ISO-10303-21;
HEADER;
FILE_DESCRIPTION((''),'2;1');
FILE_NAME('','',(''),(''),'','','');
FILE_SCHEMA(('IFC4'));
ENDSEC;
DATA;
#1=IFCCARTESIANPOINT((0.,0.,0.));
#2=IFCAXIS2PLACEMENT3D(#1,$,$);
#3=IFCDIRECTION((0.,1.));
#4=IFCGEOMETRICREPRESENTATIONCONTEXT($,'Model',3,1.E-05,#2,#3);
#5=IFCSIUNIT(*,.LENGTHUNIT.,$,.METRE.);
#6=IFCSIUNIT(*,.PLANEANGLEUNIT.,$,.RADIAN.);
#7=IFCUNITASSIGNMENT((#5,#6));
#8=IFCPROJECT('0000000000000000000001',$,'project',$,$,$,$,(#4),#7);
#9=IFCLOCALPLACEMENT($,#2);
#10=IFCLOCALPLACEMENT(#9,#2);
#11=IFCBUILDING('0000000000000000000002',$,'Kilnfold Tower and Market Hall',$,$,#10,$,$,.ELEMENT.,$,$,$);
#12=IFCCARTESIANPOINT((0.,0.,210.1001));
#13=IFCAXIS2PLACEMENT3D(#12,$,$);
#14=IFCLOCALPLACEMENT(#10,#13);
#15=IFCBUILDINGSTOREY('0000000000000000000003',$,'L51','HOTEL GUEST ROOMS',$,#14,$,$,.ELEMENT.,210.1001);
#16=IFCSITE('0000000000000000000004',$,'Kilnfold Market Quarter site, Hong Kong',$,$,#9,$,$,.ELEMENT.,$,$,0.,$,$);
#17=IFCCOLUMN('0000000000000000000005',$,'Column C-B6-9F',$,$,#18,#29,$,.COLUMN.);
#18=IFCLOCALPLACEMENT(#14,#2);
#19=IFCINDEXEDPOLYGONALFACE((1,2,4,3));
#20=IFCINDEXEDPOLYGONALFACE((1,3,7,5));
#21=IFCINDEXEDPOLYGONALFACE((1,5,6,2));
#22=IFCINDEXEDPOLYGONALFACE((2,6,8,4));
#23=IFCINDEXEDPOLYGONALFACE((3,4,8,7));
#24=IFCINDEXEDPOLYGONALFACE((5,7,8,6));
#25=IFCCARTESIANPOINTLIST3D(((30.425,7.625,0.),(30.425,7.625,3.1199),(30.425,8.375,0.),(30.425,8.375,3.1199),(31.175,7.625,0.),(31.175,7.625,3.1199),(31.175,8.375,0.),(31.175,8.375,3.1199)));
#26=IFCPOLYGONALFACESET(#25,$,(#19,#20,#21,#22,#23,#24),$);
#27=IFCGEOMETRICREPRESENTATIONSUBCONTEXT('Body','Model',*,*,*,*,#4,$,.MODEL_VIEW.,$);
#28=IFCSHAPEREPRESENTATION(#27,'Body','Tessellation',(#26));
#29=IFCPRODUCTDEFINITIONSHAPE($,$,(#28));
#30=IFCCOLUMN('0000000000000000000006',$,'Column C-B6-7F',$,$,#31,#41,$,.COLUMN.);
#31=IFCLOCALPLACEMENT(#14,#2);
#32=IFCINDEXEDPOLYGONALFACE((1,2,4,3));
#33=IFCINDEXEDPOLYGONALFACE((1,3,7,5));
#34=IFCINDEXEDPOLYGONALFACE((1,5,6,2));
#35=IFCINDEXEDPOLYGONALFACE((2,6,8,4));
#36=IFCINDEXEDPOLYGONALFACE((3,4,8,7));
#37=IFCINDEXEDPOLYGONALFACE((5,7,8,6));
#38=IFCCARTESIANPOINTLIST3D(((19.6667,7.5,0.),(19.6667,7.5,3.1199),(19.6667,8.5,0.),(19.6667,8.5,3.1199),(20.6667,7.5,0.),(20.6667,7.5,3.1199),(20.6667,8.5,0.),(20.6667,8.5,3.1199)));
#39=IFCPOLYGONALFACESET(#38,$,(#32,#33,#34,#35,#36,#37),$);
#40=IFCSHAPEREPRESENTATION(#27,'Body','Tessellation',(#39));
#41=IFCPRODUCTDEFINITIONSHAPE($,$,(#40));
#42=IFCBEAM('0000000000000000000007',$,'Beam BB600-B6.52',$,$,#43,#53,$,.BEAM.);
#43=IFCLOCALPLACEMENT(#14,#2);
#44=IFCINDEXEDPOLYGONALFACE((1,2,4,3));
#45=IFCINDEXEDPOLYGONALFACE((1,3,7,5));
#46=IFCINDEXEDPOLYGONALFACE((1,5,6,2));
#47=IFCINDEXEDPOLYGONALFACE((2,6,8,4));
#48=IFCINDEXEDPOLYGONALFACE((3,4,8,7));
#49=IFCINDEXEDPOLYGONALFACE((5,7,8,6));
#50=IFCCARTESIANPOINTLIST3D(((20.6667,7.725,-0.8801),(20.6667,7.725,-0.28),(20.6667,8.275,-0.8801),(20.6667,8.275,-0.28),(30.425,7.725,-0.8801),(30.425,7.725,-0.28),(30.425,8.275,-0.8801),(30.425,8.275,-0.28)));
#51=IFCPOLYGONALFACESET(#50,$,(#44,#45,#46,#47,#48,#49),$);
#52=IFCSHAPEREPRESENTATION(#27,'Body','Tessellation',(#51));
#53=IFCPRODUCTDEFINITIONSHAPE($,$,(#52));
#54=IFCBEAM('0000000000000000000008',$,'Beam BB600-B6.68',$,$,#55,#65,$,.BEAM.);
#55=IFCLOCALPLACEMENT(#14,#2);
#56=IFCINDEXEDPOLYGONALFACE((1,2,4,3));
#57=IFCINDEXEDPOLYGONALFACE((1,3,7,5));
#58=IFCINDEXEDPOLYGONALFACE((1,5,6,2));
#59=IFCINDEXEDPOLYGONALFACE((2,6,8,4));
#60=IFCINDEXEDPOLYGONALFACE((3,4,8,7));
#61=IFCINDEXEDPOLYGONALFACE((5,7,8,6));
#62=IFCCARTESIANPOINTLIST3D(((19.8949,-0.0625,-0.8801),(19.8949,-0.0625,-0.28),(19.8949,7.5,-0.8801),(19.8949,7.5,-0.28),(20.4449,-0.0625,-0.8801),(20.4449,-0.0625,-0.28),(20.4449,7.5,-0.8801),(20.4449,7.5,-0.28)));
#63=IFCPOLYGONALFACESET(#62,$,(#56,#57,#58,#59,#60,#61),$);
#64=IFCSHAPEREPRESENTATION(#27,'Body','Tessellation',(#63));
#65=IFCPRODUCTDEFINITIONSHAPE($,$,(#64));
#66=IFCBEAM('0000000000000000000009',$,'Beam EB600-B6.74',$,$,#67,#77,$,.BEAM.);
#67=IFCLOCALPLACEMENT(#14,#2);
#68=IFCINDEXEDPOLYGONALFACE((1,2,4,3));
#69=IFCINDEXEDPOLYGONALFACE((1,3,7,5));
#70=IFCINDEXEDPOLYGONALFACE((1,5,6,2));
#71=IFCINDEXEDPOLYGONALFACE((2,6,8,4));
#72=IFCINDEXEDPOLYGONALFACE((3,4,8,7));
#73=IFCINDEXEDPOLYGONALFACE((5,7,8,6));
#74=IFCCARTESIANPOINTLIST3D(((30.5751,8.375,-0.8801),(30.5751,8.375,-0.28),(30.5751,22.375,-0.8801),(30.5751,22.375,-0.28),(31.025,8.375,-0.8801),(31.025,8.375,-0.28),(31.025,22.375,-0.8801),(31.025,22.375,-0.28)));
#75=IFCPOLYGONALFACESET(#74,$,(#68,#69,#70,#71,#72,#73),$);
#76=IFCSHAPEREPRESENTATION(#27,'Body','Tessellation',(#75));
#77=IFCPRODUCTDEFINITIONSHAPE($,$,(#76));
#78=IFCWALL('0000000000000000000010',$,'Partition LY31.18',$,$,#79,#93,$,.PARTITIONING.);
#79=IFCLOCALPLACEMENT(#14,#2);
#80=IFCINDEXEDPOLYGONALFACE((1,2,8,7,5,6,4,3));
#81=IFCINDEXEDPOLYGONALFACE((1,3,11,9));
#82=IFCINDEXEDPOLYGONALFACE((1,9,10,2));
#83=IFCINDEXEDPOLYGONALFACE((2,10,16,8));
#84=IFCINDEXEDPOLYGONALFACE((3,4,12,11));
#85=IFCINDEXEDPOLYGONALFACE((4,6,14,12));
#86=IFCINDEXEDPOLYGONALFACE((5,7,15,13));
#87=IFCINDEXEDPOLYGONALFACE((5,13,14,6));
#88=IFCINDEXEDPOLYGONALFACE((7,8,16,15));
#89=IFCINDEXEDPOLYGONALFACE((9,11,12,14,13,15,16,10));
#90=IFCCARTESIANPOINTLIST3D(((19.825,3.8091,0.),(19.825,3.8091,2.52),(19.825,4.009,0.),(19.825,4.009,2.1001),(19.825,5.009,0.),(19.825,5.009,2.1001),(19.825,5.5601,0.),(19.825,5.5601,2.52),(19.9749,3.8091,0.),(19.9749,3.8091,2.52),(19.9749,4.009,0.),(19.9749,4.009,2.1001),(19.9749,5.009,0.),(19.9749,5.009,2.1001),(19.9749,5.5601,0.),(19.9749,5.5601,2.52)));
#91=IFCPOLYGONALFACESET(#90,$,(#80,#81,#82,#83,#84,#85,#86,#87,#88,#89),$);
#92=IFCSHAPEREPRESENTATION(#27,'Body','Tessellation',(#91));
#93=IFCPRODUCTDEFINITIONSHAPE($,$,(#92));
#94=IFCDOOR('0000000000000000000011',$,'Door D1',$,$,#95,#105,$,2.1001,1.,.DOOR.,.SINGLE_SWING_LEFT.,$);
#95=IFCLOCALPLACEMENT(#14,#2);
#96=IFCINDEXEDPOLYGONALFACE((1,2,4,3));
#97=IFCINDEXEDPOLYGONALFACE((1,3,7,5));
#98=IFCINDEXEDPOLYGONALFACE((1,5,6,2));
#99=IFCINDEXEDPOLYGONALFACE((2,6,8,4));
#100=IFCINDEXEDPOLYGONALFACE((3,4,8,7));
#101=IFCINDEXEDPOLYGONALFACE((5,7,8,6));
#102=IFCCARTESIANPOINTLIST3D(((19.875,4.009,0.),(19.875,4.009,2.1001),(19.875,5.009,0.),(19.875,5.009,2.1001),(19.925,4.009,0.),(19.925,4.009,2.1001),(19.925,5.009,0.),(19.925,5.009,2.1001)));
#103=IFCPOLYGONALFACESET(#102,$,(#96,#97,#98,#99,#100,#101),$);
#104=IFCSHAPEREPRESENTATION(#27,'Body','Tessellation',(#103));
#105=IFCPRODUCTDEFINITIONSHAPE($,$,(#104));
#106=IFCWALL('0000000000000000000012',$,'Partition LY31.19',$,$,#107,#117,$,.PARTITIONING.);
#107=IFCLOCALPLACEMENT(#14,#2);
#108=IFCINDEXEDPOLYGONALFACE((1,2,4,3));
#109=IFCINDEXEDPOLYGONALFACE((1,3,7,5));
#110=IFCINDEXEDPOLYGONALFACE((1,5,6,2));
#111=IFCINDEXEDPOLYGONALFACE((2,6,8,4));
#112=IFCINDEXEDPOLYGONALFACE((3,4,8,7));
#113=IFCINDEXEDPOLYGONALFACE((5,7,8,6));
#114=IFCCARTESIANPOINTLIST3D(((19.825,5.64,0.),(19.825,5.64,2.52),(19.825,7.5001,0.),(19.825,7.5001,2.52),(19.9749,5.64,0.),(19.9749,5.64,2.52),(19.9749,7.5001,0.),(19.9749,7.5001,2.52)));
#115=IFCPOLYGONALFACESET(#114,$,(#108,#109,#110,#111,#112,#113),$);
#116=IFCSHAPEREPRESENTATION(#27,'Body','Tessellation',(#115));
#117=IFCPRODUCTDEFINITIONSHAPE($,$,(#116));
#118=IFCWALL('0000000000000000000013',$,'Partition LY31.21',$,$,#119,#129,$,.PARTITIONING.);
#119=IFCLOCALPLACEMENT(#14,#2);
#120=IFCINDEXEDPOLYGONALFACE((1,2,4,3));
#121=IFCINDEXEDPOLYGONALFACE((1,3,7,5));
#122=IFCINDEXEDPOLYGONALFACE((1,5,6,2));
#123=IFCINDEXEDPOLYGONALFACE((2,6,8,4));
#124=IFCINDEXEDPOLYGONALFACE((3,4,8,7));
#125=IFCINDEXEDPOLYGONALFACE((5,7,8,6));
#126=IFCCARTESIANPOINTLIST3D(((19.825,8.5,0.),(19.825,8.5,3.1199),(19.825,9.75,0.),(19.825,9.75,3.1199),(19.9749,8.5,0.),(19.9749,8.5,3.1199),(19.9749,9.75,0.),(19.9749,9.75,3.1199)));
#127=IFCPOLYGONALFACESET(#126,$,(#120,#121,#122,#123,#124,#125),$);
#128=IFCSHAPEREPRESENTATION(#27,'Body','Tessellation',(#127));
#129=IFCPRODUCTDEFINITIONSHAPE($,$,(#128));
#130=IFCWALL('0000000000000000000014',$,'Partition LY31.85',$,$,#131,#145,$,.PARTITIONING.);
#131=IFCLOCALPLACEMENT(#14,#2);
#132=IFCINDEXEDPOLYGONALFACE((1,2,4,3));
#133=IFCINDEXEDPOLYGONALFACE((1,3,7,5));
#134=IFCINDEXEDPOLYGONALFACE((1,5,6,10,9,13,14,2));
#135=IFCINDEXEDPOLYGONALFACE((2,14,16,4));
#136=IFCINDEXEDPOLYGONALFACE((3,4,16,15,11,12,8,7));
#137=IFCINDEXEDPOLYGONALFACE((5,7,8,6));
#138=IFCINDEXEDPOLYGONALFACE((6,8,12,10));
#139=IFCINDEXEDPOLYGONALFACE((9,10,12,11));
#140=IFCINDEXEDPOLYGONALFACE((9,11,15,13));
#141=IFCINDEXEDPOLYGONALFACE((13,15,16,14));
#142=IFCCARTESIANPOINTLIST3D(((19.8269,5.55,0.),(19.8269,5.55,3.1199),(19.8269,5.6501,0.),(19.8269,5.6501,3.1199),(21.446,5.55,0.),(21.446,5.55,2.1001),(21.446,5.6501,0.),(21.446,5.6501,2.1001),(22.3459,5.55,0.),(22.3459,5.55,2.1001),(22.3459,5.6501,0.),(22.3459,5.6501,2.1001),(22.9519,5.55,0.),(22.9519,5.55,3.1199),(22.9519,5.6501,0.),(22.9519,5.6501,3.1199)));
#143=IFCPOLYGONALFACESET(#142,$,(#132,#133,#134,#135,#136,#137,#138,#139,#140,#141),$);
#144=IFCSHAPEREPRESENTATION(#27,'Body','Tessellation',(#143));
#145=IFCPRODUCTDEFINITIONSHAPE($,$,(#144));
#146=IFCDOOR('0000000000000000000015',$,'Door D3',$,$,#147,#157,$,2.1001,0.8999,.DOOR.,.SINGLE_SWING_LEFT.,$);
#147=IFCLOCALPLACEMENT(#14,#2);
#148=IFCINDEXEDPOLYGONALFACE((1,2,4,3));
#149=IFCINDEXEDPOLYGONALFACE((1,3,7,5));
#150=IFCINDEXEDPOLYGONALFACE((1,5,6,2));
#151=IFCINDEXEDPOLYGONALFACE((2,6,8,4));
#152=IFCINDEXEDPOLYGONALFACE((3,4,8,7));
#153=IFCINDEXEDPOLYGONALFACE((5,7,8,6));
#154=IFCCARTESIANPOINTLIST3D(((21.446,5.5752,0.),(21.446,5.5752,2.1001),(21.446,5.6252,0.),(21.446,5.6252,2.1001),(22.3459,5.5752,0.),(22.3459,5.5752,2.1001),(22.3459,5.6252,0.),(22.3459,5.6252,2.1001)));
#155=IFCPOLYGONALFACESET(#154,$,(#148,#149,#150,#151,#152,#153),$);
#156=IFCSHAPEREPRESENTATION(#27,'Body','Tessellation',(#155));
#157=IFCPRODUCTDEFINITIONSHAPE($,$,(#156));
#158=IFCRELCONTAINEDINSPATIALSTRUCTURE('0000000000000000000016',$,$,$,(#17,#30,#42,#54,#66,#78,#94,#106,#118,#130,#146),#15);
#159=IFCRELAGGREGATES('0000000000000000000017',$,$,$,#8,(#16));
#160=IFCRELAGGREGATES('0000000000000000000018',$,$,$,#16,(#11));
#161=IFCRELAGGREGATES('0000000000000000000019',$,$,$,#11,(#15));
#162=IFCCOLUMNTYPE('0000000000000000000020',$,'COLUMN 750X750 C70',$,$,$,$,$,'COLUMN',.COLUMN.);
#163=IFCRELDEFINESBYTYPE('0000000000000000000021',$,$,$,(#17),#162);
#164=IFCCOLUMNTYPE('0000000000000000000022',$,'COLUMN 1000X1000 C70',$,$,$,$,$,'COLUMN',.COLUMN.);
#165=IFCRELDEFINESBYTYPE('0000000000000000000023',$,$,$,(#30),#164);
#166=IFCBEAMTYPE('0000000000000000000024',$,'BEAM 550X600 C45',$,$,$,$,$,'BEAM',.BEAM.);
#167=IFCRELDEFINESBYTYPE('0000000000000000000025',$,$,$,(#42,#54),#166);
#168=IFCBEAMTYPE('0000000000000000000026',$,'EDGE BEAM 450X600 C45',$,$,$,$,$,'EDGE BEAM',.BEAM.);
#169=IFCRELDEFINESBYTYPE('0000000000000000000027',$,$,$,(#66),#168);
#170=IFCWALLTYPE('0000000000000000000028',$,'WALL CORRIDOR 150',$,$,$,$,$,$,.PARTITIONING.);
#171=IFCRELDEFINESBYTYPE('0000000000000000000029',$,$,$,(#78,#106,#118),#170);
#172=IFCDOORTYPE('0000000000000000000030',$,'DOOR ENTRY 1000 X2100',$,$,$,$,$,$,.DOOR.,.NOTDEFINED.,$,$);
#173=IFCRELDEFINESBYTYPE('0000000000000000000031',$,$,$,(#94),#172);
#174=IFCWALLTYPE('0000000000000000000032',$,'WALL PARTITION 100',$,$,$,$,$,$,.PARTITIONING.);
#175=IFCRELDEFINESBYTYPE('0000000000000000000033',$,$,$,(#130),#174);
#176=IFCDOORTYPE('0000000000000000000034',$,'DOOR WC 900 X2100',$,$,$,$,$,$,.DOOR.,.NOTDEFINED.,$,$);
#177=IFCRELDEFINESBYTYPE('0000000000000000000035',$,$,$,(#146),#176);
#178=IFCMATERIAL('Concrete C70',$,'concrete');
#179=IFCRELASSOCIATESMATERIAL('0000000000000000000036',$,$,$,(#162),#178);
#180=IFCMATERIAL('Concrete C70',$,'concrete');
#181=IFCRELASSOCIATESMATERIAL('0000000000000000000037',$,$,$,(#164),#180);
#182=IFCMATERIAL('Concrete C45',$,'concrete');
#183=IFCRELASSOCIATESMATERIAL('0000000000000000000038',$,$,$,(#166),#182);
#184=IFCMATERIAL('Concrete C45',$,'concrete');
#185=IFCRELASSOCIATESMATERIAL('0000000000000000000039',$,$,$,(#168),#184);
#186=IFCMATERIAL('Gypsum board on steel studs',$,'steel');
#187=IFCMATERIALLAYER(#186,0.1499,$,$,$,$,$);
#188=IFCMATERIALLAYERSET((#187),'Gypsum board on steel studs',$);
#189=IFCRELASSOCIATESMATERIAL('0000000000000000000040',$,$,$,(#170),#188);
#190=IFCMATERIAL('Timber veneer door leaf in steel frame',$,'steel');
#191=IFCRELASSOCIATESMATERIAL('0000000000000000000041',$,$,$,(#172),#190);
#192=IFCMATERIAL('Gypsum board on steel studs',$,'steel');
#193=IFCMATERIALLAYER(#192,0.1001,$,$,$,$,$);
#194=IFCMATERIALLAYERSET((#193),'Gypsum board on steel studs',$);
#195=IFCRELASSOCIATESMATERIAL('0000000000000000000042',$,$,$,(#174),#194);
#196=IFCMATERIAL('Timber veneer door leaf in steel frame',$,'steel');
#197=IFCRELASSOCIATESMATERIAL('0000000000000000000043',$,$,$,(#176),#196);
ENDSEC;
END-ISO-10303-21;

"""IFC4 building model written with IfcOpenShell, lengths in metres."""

from ifc_helpers import new_model, si_unit, direction, frame, frame_2d, origin, origin_2d, place, context, subcontext, project, spatial, rectangle, extrude, source, transform, mapped, material, layer, layer_set, material_profile, profile_set, type_object, element, fill, save


model = new_model("IFC4")

# Units and contexts
model_context = context("Model", 3, precision=1e-05, world=origin(), true_north=direction((0.0, 1.0)))
body_context = subcontext(model_context, "Body", "Model", "MODEL_VIEW")
ifc_project = project(units=[si_unit("LENGTHUNIT", "METRE"), si_unit("PLANEANGLEUNIT", "RADIAN")], contexts=[model_context])

# Site, building, storey
site_placement = place(None, origin())
site = spatial("IfcSite", under=ifc_project, at=site_placement, Name="Kilnfold Market Quarter site, Hong Kong", CompositionType="ELEMENT", RefElevation=0.0)
building_placement = place(site_placement, origin())
building = spatial("IfcBuilding", under=site, at=building_placement, Name="Kilnfold Tower and Market Hall", CompositionType="ELEMENT")
storey_placement = place(building_placement, frame((0.0, 0.0, 210.1001)))
storey = spatial("IfcBuildingStorey", under=building, at=storey_placement, Name="L51", Description="HOTEL GUEST ROOMS", CompositionType="ELEMENT", Elevation=210.1001)

# Columns
ifc_material_1 = material(Name="Concrete C70", Category="concrete")
ifc_material_profile_1 = material_profile(ifc_material_1, rectangle(XDim=0.75, YDim=0.75, at=origin_2d()), Name="RC 750x750")
ifc_profile_set_1 = profile_set([ifc_material_profile_1], Name="Concrete C70")
column_type_1 = type_object("IfcColumnType", Name="COLUMN 750X750 C70", ElementType="COLUMN", PredefinedType="COLUMN", material=ifc_profile_set_1)
shared_shape_1 = source(origin(), body_context, "Body", "SweptSolid", [
    extrude(rectangle(XDim=0.75, YDim=0.75, at=origin_2d()), origin(), (0.0, 0.0, 1.0), 3.1199),
])
column_1_placement = place(storey_placement, frame((30.8, 8.0, 0.0), z_axis=(0.0, 0.0, 1.0), x_axis=(1.0, 0.0, 0.0)))
element("IfcColumn", 1, at=column_1_placement, inside=storey, type_object=column_type_1, Name="Column C-B6-9F", PredefinedType="COLUMN", context=body_context, shape_type="MappedRepresentation", body=[
    mapped(shared_shape_1, transform((0.0, 0.0, 0.0))),
])
ifc_material_2 = material(Name="Concrete C70", Category="concrete")
ifc_material_profile_2 = material_profile(ifc_material_2, rectangle(XDim=1.0, YDim=1.0, at=origin_2d()), Name="RC 1000x1000")
ifc_profile_set_2 = profile_set([ifc_material_profile_2], Name="Concrete C70")
column_type_2 = type_object("IfcColumnType", Name="COLUMN 1000X1000 C70", ElementType="COLUMN", PredefinedType="COLUMN", material=ifc_profile_set_2)
shared_shape_2 = source(origin(), body_context, "Body", "SweptSolid", [
    extrude(rectangle(XDim=1.0, YDim=1.0, at=origin_2d()), origin(), (0.0, 0.0, 1.0), 3.1199),
])
column_2_placement = place(storey_placement, frame((20.1667, 8.0, 0.0), z_axis=(0.0, 0.0, 1.0), x_axis=(1.0, 0.0, 0.0)))
element("IfcColumn", 2, at=column_2_placement, inside=storey, type_object=column_type_2, Name="Column C-B6-7F", PredefinedType="COLUMN", context=body_context, shape_type="MappedRepresentation", body=[
    mapped(shared_shape_2, transform((0.0, 0.0, 0.0))),
])

# Beams
ifc_material_3 = material(Name="Concrete C45", Category="concrete")
ifc_material_profile_3 = material_profile(ifc_material_3, rectangle(XDim=0.55, YDim=0.6001, at=origin_2d()), Name="RC 550x600")
ifc_profile_set_3 = profile_set([ifc_material_profile_3], Name="Concrete C45")
beam_type_1 = type_object("IfcBeamType", Name="BEAM 550X600 C45", ElementType="BEAM", PredefinedType="BEAM", material=ifc_profile_set_3)
shared_shape_3 = source(origin(), body_context, "Body", "SweptSolid", [
    extrude(rectangle(XDim=0.55, YDim=0.6001, at=origin_2d()), origin(), (0.0, 0.0, 1.0), 9.7583),
])
beam_1_placement = place(storey_placement, frame((20.6667, 8.0, -0.5801), z_axis=(1.0, 0.0, 0.0), x_axis=(0.0, 1.0, 0.0)))
element("IfcBeam", 3, at=beam_1_placement, inside=storey, type_object=beam_type_1, Name="Beam BB600-B6.52", PredefinedType="BEAM", context=body_context, shape_type="MappedRepresentation", body=[
    mapped(shared_shape_3, transform((0.0, 0.0, 0.0))),
])
shared_shape_4 = source(origin(), body_context, "Body", "SweptSolid", [
    extrude(rectangle(XDim=0.55, YDim=0.6001, at=origin_2d()), origin(), (0.0, 0.0, 1.0), 7.5625),
])
beam_2_placement = place(storey_placement, frame((20.1699, -0.0625, -0.5801), z_axis=(0.0, 1.0, 0.0), x_axis=(-1.0, 0.0, 0.0)))
element("IfcBeam", 4, at=beam_2_placement, inside=storey, type_object=beam_type_1, Name="Beam BB600-B6.68", PredefinedType="BEAM", context=body_context, shape_type="MappedRepresentation", body=[
    mapped(shared_shape_4, transform((0.0, 0.0, 0.0))),
])
ifc_material_4 = material(Name="Concrete C45", Category="concrete")
ifc_material_profile_4 = material_profile(ifc_material_4, rectangle(XDim=0.45, YDim=0.6001, at=origin_2d()), Name="RC 450x600")
ifc_profile_set_4 = profile_set([ifc_material_profile_4], Name="Concrete C45")
beam_type_2 = type_object("IfcBeamType", Name="EDGE BEAM 450X600 C45", ElementType="EDGE BEAM", PredefinedType="BEAM", material=ifc_profile_set_4)
shared_shape_5 = source(origin(), body_context, "Body", "SweptSolid", [
    extrude(rectangle(XDim=0.45, YDim=0.6001, at=origin_2d()), origin(), (0.0, 0.0, 1.0), 14.0),
])
beam_3_placement = place(storey_placement, frame((30.8, 8.375, -0.5801), z_axis=(0.0, 1.0, 0.0), x_axis=(-1.0, 0.0, 0.0)))
element("IfcBeam", 5, at=beam_3_placement, inside=storey, type_object=beam_type_2, Name="Beam EB600-B6.74", PredefinedType="BEAM", context=body_context, shape_type="MappedRepresentation", body=[
    mapped(shared_shape_5, transform((0.0, 0.0, 0.0))),
])

# Wall, opening, door
ifc_material_5 = material(Name="Gypsum board on steel studs", Category="steel")
ifc_layer_1 = layer(ifc_material_5, 0.1499)
ifc_layer_set_1 = layer_set([ifc_layer_1], Name="Gypsum board on steel studs")
wall_type_1 = type_object("IfcWallType", Name="WALL CORRIDOR 150", PredefinedType="PARTITIONING", material=ifc_layer_set_1)
wall_1_placement = place(storey_placement, frame((19.8999, 3.8091, 0.0), z_axis=(0.0, 0.0, 1.0), x_axis=(0.0, 1.0, 0.0)))
wall_1 = element("IfcWall", 6, at=wall_1_placement, inside=storey, type_object=wall_type_1, Name="Partition LY31.18", PredefinedType="PARTITIONING", context=body_context, shape_type="SweptSolid", body=[
    extrude(rectangle(XDim=1.751, YDim=0.1499, at=frame_2d((0.8755, 0.0))), origin(), (0.0, 0.0, 1.0), 2.52),
])
opening_1_placement = place(wall_1_placement, frame((0.2, 0.0, 0.0)))
opening_1 = element("IfcOpeningElement", 7, at=opening_1_placement, cuts=wall_1, PredefinedType="OPENING", context=body_context, shape_type="SweptSolid", body=[
    extrude(rectangle(XDim=1.0, YDim=2.1001, at=frame_2d((0.5, 1.05))), frame((0.0, 0.085, 0.0), z_axis=(0.0, -1.0, 0.0), x_axis=(1.0, 0.0, 0.0)), (0.0, 0.0, 1.0), 0.1699),
])
ifc_material_6 = material(Name="Timber veneer door leaf in steel frame", Category="steel")
door_type_1 = type_object("IfcDoorType", Name="DOOR ENTRY 1000 X2100", OperationType="NOTDEFINED", PredefinedType="DOOR", material=ifc_material_6)
door_1_placement = place(opening_1_placement, origin())
door_1 = element("IfcDoor", 8, at=door_1_placement, inside=storey, type_object=door_type_1, Name="Door D1", OperationType="SINGLE_SWING_LEFT", OverallHeight=2.1001, OverallWidth=1.0, PredefinedType="DOOR", context=body_context, shape_type="SweptSolid", body=[
    extrude(rectangle(XDim=1.0, YDim=2.1001, at=frame_2d((0.5, 1.05))), frame((0.0, 0.0249, 0.0), z_axis=(0.0, -1.0, 0.0), x_axis=(1.0, 0.0, 0.0)), (0.0, 0.0, 1.0), 0.05),
])
fill(opening_1, door_1)

# Walls
wall_2_placement = place(storey_placement, frame((19.8999, 5.6399, 0.0), z_axis=(0.0, 0.0, 1.0), x_axis=(0.0, 1.0, 0.0)))
element("IfcWall", 9, at=wall_2_placement, inside=storey, type_object=wall_type_1, Name="Partition LY31.19", PredefinedType="PARTITIONING", context=body_context, shape_type="SweptSolid", body=[
    extrude(rectangle(XDim=1.8601, YDim=0.1499, at=frame_2d((0.9302, 0.0))), origin(), (0.0, 0.0, 1.0), 2.52),
])
wall_3_placement = place(storey_placement, frame((19.8999, 8.5, 0.0), z_axis=(0.0, 0.0, 1.0), x_axis=(0.0, 1.0, 0.0)))
element("IfcWall", 10, at=wall_3_placement, inside=storey, type_object=wall_type_1, Name="Partition LY31.21", PredefinedType="PARTITIONING", context=body_context, shape_type="SweptSolid", body=[
    extrude(rectangle(XDim=1.25, YDim=0.1499, at=frame_2d((0.625, 0.0))), origin(), (0.0, 0.0, 1.0), 3.1199),
])

# Wall, opening, door
ifc_material_7 = material(Name="Gypsum board on steel studs", Category="steel")
ifc_layer_2 = layer(ifc_material_7, 0.1001)
ifc_layer_set_2 = layer_set([ifc_layer_2], Name="Gypsum board on steel studs")
wall_type_2 = type_object("IfcWallType", Name="WALL PARTITION 100", PredefinedType="PARTITIONING", material=ifc_layer_set_2)
wall_4_placement = place(storey_placement, frame((22.9519, 5.6001, 0.0), z_axis=(0.0, 0.0, 1.0), x_axis=(-1.0, 0.0, 0.0)))
wall_4 = element("IfcWall", 11, at=wall_4_placement, inside=storey, type_object=wall_type_2, Name="Partition LY31.85", PredefinedType="PARTITIONING", context=body_context, shape_type="SweptSolid", body=[
    extrude(rectangle(XDim=3.125, YDim=0.1001, at=frame_2d((1.5625, 0.0))), origin(), (0.0, 0.0, 1.0), 3.1199),
])
opening_2_placement = place(wall_4_placement, frame((0.606, 0.0, 0.0)))
opening_2 = element("IfcOpeningElement", 12, at=opening_2_placement, cuts=wall_4, PredefinedType="OPENING", context=body_context, shape_type="SweptSolid", body=[
    extrude(rectangle(XDim=0.8999, YDim=2.1001, at=frame_2d((0.45, 1.05))), frame((0.0, 0.0601, 0.0), z_axis=(0.0, -1.0, 0.0), x_axis=(1.0, 0.0, 0.0)), (0.0, 0.0, 1.0), 0.1201),
])
ifc_material_8 = material(Name="Timber veneer door leaf in steel frame", Category="steel")
door_type_2 = type_object("IfcDoorType", Name="DOOR WC 900 X2100", OperationType="NOTDEFINED", PredefinedType="DOOR", material=ifc_material_8)
door_2_placement = place(opening_2_placement, origin())
door_2 = element("IfcDoor", 13, at=door_2_placement, inside=storey, type_object=door_type_2, Name="Door D3", OperationType="SINGLE_SWING_LEFT", OverallHeight=2.1001, OverallWidth=0.8999, PredefinedType="DOOR", context=body_context, shape_type="SweptSolid", body=[
    extrude(rectangle(XDim=0.8999, YDim=2.1001, at=frame_2d((0.45, 1.05))), frame((0.0, 0.0249, 0.0), z_axis=(0.0, -1.0, 0.0), x_axis=(1.0, 0.0, 0.0)), (0.0, 0.0, 1.0), 0.05),
])
fill(opening_2, door_2)

save(model, "model.ifc")
